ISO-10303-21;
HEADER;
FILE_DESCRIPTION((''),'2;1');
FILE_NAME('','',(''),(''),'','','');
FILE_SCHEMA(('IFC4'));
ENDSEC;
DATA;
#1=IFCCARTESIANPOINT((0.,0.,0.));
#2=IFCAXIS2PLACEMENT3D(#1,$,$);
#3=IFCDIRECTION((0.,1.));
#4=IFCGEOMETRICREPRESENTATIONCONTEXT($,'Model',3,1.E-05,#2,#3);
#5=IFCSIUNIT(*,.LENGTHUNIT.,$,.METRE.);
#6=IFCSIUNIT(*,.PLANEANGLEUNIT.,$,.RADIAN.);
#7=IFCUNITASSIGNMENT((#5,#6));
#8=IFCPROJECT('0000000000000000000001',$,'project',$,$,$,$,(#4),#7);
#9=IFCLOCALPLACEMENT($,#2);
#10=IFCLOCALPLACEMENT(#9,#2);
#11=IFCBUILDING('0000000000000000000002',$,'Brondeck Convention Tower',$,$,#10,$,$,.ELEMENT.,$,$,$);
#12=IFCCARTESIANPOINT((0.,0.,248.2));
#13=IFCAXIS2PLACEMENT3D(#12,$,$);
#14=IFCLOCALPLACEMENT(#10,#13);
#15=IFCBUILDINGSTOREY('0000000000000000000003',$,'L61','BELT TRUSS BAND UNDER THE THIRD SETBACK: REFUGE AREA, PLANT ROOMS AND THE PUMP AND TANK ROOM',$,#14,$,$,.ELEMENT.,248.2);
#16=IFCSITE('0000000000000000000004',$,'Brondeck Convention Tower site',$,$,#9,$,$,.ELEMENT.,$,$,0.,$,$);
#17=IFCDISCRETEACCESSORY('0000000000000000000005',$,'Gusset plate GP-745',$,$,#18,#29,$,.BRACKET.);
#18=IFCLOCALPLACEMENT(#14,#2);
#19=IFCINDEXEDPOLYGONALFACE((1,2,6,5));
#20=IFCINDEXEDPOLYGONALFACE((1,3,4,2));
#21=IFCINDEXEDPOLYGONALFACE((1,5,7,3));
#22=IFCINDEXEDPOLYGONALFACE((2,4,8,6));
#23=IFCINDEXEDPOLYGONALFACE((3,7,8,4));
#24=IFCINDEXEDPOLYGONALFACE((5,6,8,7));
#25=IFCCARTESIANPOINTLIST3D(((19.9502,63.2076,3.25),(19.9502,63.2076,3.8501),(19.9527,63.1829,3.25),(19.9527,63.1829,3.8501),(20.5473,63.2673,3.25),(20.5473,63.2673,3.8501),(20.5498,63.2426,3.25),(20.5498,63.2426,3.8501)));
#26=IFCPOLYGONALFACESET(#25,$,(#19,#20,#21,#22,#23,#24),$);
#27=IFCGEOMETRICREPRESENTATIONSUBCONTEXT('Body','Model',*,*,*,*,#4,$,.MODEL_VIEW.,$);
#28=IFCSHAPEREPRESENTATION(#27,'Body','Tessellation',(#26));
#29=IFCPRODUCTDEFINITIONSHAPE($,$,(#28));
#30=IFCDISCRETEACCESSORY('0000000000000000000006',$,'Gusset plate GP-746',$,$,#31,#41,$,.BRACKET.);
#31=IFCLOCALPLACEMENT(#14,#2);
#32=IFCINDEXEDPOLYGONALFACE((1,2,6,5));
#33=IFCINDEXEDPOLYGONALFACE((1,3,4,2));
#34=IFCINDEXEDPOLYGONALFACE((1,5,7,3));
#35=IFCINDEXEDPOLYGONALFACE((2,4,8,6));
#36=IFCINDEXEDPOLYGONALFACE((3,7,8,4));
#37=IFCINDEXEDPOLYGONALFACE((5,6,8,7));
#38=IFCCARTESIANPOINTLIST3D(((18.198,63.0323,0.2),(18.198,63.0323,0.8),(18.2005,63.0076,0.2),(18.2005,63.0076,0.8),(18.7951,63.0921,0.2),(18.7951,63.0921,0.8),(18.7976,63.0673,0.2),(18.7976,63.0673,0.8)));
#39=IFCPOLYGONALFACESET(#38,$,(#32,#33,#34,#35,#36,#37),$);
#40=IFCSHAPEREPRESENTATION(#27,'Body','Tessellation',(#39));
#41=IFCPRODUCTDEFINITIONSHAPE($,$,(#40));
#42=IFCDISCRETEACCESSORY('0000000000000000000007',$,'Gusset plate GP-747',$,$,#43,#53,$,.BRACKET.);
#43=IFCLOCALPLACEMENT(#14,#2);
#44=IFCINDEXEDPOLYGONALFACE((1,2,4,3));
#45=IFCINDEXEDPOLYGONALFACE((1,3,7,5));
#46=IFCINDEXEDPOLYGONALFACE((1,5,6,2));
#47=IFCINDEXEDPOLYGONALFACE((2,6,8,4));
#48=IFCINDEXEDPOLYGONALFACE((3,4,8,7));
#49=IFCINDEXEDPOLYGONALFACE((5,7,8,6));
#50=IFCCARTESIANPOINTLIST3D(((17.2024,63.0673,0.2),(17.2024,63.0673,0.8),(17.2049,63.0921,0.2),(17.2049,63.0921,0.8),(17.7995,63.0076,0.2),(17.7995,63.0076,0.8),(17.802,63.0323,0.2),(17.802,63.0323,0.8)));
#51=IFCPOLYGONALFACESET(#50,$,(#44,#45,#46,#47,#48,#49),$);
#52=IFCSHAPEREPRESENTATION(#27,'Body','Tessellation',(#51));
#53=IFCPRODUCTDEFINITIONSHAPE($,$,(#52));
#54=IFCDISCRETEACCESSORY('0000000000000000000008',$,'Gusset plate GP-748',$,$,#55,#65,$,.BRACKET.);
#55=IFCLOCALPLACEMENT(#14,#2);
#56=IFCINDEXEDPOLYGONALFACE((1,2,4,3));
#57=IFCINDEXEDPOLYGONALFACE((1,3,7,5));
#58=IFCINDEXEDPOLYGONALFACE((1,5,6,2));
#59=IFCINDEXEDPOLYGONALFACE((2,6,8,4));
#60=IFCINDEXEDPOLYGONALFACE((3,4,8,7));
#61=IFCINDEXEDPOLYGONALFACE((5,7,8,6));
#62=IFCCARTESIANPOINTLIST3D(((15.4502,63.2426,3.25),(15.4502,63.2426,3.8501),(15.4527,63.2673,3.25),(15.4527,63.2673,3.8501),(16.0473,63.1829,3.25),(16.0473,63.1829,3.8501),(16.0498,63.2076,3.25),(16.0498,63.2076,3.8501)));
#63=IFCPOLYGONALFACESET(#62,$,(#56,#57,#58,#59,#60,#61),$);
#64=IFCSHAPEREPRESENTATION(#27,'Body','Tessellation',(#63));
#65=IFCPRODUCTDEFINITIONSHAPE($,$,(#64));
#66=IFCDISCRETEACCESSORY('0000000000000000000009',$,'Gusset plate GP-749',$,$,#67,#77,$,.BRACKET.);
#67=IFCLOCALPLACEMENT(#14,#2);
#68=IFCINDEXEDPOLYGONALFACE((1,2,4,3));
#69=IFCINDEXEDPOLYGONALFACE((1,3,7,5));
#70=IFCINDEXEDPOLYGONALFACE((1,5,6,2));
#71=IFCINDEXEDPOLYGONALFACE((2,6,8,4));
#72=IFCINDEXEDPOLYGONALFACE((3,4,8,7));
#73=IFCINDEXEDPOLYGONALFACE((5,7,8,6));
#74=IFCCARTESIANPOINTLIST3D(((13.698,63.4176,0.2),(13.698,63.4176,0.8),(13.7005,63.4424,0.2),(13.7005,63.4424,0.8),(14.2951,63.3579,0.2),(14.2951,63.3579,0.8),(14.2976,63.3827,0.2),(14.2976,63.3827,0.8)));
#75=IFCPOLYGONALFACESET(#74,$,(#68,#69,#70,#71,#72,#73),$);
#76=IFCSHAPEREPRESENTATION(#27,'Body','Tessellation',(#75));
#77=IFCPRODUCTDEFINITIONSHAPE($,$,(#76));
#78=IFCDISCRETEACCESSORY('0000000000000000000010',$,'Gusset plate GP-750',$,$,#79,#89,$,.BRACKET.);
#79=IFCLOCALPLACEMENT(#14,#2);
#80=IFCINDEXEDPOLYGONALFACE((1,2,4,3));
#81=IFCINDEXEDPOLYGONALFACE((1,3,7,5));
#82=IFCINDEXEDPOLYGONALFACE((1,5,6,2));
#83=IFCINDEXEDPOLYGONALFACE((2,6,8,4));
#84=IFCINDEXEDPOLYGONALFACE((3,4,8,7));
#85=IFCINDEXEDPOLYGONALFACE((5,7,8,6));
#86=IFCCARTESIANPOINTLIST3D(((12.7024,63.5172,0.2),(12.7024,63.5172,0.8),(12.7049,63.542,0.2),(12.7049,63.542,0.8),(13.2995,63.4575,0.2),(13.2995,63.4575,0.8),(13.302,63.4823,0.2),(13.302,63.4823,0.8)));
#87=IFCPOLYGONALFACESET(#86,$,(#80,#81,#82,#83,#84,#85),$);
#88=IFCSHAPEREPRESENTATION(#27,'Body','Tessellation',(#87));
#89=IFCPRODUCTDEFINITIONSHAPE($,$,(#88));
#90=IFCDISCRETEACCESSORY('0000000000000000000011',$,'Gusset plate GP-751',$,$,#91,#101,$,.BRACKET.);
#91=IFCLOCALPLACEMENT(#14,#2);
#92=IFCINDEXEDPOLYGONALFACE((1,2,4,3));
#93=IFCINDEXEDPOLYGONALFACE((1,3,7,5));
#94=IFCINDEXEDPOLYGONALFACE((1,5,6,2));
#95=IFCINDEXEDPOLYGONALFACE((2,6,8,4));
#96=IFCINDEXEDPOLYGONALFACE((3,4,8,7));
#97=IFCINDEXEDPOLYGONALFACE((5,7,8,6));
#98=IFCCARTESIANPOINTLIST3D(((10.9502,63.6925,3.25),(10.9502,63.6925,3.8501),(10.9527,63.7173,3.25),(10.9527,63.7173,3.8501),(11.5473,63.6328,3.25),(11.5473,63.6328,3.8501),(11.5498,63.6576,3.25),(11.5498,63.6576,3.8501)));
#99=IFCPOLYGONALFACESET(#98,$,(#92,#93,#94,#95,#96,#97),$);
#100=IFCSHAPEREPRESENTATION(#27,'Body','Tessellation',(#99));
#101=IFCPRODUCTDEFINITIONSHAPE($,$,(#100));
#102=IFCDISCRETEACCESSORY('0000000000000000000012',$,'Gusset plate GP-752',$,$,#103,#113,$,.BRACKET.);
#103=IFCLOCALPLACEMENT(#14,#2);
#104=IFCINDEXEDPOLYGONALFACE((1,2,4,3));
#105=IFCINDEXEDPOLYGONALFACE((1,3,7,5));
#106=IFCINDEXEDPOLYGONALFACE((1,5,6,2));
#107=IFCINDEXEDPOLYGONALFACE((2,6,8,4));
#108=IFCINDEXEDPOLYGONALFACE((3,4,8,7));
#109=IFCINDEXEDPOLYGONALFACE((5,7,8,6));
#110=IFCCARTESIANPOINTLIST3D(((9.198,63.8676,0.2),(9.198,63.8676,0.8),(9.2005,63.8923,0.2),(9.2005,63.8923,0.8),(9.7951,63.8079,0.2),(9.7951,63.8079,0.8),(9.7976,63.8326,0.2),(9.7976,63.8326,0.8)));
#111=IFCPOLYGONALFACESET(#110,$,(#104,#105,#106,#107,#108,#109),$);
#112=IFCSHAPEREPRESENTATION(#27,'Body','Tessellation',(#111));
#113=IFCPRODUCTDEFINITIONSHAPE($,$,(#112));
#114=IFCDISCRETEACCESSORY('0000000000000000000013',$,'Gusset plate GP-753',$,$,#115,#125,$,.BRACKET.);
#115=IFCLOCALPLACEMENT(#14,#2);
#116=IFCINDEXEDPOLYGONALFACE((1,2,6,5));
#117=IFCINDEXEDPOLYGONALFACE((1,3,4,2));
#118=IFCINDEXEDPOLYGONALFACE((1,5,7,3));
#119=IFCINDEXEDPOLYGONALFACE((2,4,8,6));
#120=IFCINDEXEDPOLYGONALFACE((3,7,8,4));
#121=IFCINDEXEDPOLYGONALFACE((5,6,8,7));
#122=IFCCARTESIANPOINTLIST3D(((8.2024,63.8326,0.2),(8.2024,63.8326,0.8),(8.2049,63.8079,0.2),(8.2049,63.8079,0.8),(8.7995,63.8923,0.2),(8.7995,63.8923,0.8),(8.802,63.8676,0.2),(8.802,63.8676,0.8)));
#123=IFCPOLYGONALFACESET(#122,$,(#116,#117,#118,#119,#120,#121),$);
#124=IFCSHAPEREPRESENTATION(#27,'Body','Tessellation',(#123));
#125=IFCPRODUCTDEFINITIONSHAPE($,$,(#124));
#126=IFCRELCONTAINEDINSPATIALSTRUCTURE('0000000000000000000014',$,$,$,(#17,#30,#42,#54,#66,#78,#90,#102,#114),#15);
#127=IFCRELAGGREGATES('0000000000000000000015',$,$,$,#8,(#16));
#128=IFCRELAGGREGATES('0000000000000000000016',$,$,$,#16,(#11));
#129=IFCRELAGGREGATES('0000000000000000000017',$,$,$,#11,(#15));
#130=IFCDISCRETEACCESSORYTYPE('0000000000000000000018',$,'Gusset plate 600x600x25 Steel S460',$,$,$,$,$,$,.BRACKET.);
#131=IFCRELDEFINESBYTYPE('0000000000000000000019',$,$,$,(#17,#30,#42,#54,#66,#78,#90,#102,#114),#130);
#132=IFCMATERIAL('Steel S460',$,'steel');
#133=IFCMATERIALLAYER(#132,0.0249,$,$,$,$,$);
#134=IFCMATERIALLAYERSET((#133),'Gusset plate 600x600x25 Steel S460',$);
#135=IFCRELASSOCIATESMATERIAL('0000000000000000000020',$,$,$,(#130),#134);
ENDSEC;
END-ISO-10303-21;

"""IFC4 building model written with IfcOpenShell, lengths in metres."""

from ifc_helpers import new_model, si_unit, direction, frame, origin, origin_2d, place, context, subcontext, project, spatial, rectangle, extrude, material, layer, layer_set, type_object, element, save


model = new_model("IFC4")

# Units and contexts
model_context = context("Model", 3, precision=1e-05, world=origin(), true_north=direction((0.0, 1.0)))
body_context = subcontext(model_context, "Body", "Model", "MODEL_VIEW")
ifc_project = project(units=[si_unit("LENGTHUNIT", "METRE"), si_unit("PLANEANGLEUNIT", "RADIAN")], contexts=[model_context])

# Site, building, storey
site_placement = place(None, origin())
site = spatial("IfcSite", under=ifc_project, at=site_placement, Name="Brondeck Convention Tower site", CompositionType="ELEMENT", RefElevation=0.0)
building_placement = place(site_placement, origin())
building = spatial("IfcBuilding", under=site, at=building_placement, Name="Brondeck Convention Tower", CompositionType="ELEMENT")
storey_placement = place(building_placement, frame((0.0, 0.0, 248.2)))
storey = spatial("IfcBuildingStorey", under=building, at=storey_placement, Name="L61", Description="BELT TRUSS BAND UNDER THE THIRD SETBACK: REFUGE AREA, PLANT ROOMS AND THE PUMP AND TANK ROOM", CompositionType="ELEMENT", Elevation=248.2)

# Shared definitions
ifc_material_1 = material(Name="Steel S460", Category="steel")

# Discrete accessories
ifc_layer_1 = layer(ifc_material_1, 0.0249)
ifc_layer_set_1 = layer_set([ifc_layer_1], Name="Gusset plate 600x600x25 Steel S460")
discrete_accessory_type = type_object("IfcDiscreteAccessoryType", Name="Gusset plate 600x600x25 Steel S460", PredefinedType="BRACKET", material=ifc_layer_set_1)
for number, where, z_axis, x_axis, name in (
    (1, (20.25, 63.2251, 3.25), (0.0, 0.0, 1.0), (0.995036, 0.099511, 0.0), "Gusset plate GP-745"),
    (2, (18.4978, 63.0498, 0.2), (0.0, 0.0, 1.0), (0.995036, 0.099511, 0.0), "Gusset plate GP-746"),
    (3, (17.5022, 63.0498, 0.2), (0.0, 0.0, 1.0), (-0.995036, 0.099511, 0.0), "Gusset plate GP-747"),
    (4, (15.75, 63.2251, 3.25), (0.0, 0.0, 1.0), (-0.995036, 0.099511, 0.0), "Gusset plate GP-748"),
    (5, (13.9978, 63.4001, 0.2), (0.0, 0.0, 1.0), (-0.995036, 0.099511, 0.0), "Gusset plate GP-749"),
    (6, (13.0022, 63.4998, 0.2), (0.0, 0.0, 1.0), (-0.995036, 0.099511, 0.0), "Gusset plate GP-750"),
    (7, (11.25, 63.675, 3.25), (0.0, 0.0, 1.0), (-0.995036, 0.099511, 0.0), "Gusset plate GP-751"),
    (8, (9.4978, 63.8501, 0.2), (0.0, 0.0, 1.0), (-0.995036, 0.099511, 0.0), "Gusset plate GP-752"),
    (9, (8.5022, 63.8501, 0.2), (0.0, 0.0, 1.0), (0.995036, 0.099511, 0.0), "Gusset plate GP-753"),
):
    element("IfcDiscreteAccessory", number, at=place(storey_placement, frame(where, z_axis=z_axis, x_axis=x_axis)), inside=storey, type_object=discrete_accessory_type, Name=name, PredefinedType="BRACKET", context=body_context, shape_type="SweptSolid", body=[
        extrude(rectangle(XDim=0.6001, YDim=0.0249, at=origin_2d()), origin(), (0.0, 0.0, 1.0), 0.6001),
    ])

save(model, "model.ifc")
